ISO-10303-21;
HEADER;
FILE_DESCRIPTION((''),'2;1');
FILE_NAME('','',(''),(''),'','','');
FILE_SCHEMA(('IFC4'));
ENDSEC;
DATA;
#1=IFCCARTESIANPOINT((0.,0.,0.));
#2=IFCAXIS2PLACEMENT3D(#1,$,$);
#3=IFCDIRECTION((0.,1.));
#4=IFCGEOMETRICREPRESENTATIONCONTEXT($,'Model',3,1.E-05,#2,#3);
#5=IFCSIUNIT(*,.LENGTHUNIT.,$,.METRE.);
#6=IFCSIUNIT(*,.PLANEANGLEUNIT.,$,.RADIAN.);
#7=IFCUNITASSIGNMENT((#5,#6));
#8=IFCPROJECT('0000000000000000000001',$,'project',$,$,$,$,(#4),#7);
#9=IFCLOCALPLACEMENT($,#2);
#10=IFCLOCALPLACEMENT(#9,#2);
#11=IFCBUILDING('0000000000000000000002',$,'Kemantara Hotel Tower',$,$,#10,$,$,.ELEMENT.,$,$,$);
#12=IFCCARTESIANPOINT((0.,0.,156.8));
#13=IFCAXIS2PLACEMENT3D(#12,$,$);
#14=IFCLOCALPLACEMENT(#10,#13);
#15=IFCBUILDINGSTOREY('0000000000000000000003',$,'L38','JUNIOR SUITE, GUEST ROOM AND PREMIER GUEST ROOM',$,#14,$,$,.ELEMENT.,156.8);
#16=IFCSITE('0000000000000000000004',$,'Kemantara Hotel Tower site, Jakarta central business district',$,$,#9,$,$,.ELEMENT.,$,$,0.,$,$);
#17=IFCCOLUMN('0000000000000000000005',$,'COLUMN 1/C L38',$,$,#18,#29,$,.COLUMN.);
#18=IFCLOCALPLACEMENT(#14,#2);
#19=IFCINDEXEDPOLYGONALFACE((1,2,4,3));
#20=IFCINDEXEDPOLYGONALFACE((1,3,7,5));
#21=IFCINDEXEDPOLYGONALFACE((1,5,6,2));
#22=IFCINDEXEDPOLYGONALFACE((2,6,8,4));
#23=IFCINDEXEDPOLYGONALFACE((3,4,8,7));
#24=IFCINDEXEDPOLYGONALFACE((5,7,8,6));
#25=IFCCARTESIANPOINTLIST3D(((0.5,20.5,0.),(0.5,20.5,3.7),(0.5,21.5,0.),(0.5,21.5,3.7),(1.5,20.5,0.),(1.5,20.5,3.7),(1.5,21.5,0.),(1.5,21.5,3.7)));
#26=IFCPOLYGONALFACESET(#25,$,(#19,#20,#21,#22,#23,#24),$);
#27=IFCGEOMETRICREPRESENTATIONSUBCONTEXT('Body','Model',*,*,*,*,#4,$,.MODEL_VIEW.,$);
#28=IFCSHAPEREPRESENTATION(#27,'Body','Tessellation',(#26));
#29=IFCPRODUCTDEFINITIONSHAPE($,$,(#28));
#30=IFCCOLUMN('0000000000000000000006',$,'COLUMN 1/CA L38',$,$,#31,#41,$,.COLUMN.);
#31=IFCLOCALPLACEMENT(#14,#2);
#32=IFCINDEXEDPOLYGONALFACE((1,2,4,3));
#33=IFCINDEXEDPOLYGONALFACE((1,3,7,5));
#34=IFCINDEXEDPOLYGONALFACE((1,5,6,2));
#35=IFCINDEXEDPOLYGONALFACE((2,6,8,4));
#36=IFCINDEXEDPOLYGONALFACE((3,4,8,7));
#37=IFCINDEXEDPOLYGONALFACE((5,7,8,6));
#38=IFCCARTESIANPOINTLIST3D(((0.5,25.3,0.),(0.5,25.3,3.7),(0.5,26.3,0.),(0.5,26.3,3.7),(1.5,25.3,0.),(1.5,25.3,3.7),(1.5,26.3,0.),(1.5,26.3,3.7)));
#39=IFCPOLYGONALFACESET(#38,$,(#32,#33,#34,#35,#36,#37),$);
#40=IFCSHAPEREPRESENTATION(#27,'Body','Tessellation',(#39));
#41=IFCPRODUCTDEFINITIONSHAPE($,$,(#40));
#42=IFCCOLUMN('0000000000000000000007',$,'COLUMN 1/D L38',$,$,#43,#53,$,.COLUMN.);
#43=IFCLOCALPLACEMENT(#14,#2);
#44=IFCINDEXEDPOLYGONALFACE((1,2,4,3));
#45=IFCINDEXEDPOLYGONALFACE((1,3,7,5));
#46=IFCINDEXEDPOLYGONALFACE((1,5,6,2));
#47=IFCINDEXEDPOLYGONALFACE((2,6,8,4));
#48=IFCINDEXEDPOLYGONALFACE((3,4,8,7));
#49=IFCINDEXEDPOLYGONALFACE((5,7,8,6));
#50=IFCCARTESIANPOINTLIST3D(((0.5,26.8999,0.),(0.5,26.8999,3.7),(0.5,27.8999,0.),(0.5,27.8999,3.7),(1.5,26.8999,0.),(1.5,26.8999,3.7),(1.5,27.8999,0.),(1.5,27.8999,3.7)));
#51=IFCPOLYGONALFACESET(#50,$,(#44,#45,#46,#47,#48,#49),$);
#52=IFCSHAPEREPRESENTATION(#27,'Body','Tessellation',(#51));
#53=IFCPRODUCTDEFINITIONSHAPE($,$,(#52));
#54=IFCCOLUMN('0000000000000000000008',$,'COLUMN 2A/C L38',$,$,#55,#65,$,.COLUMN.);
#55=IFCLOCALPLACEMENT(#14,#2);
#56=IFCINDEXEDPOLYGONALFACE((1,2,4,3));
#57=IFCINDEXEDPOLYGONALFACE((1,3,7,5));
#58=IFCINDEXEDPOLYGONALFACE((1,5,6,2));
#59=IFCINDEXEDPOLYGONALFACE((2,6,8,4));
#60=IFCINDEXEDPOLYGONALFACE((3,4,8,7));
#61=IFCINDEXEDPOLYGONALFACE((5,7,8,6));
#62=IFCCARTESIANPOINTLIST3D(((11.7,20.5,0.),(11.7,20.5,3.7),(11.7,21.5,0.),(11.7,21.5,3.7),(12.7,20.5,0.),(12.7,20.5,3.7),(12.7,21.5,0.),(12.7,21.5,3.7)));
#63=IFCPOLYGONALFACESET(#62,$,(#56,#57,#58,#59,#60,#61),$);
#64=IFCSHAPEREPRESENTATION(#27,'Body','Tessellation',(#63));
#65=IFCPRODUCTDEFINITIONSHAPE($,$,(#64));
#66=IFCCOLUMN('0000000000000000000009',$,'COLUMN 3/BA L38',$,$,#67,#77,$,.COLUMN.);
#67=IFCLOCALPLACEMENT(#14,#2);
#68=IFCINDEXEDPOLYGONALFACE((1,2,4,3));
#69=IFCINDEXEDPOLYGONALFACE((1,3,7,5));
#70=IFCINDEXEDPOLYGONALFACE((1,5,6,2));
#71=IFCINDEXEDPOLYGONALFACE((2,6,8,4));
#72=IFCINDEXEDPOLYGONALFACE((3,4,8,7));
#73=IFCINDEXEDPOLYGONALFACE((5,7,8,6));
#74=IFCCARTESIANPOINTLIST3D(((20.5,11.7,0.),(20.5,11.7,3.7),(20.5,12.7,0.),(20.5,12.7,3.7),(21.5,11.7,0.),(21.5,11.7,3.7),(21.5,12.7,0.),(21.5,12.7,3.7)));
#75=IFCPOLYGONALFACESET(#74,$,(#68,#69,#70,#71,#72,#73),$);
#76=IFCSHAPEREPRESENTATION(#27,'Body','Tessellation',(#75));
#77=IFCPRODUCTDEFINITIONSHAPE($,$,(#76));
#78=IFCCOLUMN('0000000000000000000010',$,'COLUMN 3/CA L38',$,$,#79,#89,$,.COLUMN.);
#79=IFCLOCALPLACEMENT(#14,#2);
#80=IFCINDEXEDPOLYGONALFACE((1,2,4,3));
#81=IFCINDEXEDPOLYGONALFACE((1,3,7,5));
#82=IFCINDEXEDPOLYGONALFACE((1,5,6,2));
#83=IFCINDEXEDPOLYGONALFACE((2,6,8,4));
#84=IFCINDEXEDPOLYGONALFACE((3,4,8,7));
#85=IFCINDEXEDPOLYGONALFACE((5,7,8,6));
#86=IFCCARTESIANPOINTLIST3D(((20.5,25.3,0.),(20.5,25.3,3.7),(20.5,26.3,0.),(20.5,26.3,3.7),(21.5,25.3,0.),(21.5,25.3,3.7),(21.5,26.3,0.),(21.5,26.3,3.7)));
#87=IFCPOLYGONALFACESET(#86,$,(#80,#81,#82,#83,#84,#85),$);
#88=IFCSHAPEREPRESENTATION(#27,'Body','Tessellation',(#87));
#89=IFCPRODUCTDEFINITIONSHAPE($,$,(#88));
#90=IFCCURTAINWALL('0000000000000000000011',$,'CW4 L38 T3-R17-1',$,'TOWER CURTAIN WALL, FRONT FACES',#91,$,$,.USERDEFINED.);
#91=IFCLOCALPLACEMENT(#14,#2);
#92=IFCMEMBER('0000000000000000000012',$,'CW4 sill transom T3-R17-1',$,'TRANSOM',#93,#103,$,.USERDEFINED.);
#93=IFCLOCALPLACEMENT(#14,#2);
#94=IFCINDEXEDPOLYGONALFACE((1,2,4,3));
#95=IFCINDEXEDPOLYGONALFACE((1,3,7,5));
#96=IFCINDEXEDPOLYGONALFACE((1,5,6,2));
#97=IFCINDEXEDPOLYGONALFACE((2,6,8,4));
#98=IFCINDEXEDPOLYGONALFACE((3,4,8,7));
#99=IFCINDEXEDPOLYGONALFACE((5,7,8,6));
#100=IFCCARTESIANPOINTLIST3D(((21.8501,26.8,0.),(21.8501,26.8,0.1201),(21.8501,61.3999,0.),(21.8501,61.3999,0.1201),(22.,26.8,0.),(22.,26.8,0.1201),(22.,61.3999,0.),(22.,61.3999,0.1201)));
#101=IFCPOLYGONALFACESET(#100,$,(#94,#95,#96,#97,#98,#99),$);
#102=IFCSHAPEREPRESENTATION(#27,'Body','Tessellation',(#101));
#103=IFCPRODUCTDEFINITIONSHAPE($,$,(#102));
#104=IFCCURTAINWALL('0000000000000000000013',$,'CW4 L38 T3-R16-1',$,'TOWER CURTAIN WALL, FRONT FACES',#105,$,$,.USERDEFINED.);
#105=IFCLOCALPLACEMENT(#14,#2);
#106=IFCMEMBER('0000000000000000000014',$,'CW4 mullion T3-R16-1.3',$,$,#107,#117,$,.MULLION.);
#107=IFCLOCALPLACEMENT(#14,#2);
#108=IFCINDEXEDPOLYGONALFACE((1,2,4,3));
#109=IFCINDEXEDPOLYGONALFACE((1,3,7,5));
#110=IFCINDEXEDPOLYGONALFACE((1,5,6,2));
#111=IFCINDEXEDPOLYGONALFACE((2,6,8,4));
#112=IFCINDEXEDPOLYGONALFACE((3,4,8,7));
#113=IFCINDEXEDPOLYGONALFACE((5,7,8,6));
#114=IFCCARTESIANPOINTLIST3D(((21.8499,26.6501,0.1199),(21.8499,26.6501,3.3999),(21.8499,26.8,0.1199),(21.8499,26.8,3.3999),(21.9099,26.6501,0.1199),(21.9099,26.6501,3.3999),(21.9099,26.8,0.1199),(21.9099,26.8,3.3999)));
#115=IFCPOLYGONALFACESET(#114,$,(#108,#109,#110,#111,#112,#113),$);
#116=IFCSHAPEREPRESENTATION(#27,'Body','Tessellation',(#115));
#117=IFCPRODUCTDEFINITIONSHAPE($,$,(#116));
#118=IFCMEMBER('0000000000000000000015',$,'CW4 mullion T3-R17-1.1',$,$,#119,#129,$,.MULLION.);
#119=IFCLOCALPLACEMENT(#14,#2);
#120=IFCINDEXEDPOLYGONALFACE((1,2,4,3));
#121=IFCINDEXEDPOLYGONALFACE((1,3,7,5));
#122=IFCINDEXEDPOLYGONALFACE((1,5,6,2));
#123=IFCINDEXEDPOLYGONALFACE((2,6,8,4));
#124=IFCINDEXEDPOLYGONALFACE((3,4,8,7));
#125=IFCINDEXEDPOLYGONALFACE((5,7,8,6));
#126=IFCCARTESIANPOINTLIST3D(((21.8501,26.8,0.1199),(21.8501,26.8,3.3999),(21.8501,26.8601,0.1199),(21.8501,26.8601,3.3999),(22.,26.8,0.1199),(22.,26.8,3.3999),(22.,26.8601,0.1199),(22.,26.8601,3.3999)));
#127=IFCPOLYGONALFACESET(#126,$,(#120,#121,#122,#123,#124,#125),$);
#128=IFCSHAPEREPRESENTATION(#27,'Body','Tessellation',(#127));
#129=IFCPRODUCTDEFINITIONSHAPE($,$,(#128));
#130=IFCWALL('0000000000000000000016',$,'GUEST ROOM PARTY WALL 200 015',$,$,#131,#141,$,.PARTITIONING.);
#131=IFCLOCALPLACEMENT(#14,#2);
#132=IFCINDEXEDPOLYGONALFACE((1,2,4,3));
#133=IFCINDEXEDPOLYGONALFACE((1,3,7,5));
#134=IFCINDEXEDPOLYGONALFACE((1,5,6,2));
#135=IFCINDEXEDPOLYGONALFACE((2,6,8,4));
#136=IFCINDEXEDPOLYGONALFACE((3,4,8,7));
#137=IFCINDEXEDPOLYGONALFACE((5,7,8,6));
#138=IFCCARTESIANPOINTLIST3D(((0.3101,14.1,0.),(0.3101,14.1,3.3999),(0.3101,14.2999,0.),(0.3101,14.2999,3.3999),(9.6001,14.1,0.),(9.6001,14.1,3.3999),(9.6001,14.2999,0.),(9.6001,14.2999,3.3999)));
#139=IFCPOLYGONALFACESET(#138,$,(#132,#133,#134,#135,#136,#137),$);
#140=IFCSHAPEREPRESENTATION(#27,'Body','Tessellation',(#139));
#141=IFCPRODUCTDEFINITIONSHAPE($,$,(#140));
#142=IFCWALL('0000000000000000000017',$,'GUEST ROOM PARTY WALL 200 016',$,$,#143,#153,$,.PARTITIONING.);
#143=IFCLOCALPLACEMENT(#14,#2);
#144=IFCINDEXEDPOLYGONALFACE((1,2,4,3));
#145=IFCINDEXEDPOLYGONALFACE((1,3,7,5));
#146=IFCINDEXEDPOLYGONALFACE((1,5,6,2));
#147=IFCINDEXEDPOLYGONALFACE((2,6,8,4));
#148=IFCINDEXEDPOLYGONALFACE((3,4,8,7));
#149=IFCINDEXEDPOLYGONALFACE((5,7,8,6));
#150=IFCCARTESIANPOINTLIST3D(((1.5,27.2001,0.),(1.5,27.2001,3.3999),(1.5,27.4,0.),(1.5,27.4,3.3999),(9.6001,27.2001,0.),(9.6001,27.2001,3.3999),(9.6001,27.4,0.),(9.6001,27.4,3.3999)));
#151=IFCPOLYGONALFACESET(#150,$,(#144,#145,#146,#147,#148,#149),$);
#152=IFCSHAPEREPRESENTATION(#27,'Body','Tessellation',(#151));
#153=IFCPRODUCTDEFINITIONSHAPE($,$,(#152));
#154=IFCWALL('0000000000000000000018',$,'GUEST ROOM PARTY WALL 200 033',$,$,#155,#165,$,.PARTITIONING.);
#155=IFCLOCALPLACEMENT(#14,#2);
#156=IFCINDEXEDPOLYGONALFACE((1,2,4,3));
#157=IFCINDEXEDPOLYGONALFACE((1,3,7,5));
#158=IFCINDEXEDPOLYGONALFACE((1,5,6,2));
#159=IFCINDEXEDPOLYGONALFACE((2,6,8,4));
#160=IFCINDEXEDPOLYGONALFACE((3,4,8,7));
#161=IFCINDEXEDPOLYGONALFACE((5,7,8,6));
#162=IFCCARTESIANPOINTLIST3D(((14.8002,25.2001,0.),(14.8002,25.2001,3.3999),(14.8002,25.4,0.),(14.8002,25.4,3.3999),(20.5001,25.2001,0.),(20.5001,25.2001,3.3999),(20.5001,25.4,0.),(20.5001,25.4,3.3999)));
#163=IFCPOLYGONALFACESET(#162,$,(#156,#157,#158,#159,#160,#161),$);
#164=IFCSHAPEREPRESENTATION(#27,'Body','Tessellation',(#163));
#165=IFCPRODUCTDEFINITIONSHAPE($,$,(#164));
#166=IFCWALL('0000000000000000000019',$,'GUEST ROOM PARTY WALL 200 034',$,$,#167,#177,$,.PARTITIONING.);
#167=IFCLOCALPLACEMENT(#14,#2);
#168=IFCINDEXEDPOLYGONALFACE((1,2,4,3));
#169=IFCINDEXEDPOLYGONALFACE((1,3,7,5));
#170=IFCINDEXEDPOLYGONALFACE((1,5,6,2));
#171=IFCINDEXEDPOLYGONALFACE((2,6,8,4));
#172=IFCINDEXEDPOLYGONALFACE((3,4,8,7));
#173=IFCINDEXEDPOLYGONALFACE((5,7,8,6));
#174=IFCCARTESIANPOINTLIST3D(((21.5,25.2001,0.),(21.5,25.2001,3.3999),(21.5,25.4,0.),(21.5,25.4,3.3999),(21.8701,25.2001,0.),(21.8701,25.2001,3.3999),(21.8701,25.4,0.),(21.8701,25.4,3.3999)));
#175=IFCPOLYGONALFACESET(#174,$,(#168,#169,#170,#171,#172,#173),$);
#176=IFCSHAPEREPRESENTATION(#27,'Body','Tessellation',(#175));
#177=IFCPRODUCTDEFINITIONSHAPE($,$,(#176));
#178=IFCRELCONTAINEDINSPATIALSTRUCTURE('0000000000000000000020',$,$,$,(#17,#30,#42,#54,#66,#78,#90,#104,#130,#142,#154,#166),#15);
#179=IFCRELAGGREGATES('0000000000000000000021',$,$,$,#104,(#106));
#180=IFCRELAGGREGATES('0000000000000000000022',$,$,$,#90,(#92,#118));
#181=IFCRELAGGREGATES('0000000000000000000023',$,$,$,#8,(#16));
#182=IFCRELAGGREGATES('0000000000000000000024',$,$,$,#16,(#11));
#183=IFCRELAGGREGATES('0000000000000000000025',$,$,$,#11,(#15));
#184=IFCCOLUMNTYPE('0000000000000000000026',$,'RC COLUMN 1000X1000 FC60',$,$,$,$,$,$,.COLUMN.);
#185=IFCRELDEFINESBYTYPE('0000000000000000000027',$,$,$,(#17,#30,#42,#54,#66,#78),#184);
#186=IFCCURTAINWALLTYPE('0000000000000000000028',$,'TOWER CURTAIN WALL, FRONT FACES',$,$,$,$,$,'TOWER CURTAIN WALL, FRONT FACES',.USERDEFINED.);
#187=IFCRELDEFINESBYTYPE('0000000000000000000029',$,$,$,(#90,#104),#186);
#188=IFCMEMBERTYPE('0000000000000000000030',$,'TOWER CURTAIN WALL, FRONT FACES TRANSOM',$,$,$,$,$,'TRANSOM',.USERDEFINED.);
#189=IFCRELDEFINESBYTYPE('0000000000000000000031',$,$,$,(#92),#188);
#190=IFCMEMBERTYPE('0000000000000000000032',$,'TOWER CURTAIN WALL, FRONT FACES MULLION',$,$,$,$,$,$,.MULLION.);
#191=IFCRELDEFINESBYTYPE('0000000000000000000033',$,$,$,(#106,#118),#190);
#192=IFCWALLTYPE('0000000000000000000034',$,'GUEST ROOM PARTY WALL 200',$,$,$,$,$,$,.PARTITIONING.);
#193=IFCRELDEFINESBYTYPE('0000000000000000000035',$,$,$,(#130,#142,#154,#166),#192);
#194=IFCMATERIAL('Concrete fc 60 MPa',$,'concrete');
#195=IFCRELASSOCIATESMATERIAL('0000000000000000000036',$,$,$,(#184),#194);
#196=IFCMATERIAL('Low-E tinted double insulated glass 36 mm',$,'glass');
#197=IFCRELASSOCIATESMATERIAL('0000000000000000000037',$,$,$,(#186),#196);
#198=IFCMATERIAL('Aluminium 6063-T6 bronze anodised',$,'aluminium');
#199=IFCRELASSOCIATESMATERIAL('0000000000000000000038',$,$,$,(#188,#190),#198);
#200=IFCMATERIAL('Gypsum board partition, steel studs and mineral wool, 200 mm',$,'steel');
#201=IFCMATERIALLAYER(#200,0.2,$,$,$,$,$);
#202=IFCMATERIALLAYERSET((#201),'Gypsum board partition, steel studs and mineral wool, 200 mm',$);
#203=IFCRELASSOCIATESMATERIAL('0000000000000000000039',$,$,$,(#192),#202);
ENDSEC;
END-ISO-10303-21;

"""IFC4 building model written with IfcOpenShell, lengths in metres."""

from ifc_helpers import new_model, si_unit, direction, frame, frame_2d, origin, origin_2d, place, context, subcontext, project, spatial, rectangle, extrude, source, transform, mapped, material, layer, layer_set, material_profile, profile_set, type_object, element, aggregate, save


model = new_model("IFC4")

# Units and contexts
model_context = context("Model", 3, precision=1e-05, world=origin(), true_north=direction((0.0, 1.0)))
body_context = subcontext(model_context, "Body", "Model", "MODEL_VIEW")
ifc_project = project(units=[si_unit("LENGTHUNIT", "METRE"), si_unit("PLANEANGLEUNIT", "RADIAN")], contexts=[model_context])

# Site, building, storey
site_placement = place(None, origin())
site = spatial("IfcSite", under=ifc_project, at=site_placement, Name="Kemantara Hotel Tower site, Jakarta central business district", CompositionType="ELEMENT", RefElevation=0.0)
building_placement = place(site_placement, origin())
building = spatial("IfcBuilding", under=site, at=building_placement, Name="Kemantara Hotel Tower", CompositionType="ELEMENT")
storey_placement = place(building_placement, frame((0.0, 0.0, 156.8)))
storey = spatial("IfcBuildingStorey", under=building, at=storey_placement, Name="L38", Description="JUNIOR SUITE, GUEST ROOM AND PREMIER GUEST ROOM", CompositionType="ELEMENT", Elevation=156.8)

# Columns
ifc_material_1 = material(Name="Concrete fc 60 MPa", Category="concrete")
ifc_material_profile_1 = material_profile(ifc_material_1, rectangle(XDim=1.0, YDim=1.0, at=origin_2d()), Name="RC 1000X1000")
ifc_profile_set_1 = profile_set([ifc_material_profile_1], Name="Concrete fc 60 MPa")
column_type = type_object("IfcColumnType", Name="RC COLUMN 1000X1000 FC60", PredefinedType="COLUMN", material=ifc_profile_set_1)
for number, where, z_axis, x_axis, name in (
    (1, (1.0, 21.0, 0.0), (0.0, 0.0, 1.0), (1.0, 0.0, 0.0), "COLUMN 1/C L38"),
    (2, (1.0, 25.8, 0.0), (0.0, 0.0, 1.0), (1.0, 0.0, 0.0), "COLUMN 1/CA L38"),
    (3, (1.0, 27.3999, 0.0), (0.0, 0.0, 1.0), (1.0, 0.0, 0.0), "COLUMN 1/D L38"),
    (4, (12.2, 21.0, 0.0), (0.0, 0.0, 1.0), (1.0, 0.0, 0.0), "COLUMN 2A/C L38"),
    (5, (21.0, 12.2, 0.0), (0.0, 0.0, 1.0), (1.0, 0.0, 0.0), "COLUMN 3/BA L38"),
    (6, (21.0, 25.8, 0.0), (0.0, 0.0, 1.0), (1.0, 0.0, 0.0), "COLUMN 3/CA L38"),
):
    element("IfcColumn", number, at=place(storey_placement, frame(where, z_axis=z_axis, x_axis=x_axis)), inside=storey, type_object=column_type, Name=name, PredefinedType="COLUMN", context=body_context, shape_type="SweptSolid", body=[
        extrude(rectangle(XDim=1.0, YDim=1.0, at=origin_2d()), origin(), (0.0, 0.0, 1.0), 3.7),
    ])

# Curtain walls, members
ifc_material_2 = material(Name="Low-E tinted double insulated glass 36 mm", Category="glass")
curtain_wall_type = type_object("IfcCurtainWallType", Name="TOWER CURTAIN WALL, FRONT FACES", ElementType="TOWER CURTAIN WALL, FRONT FACES", PredefinedType="USERDEFINED", material=ifc_material_2)
curtain_wall_1_placement = place(storey_placement, origin())
curtain_wall_1 = element("IfcCurtainWall", 7, at=curtain_wall_1_placement, inside=storey, type_object=curtain_wall_type, Name="CW4 L38 T3-R17-1", ObjectType="TOWER CURTAIN WALL, FRONT FACES", PredefinedType="USERDEFINED")
ifc_material_3 = material(Name="Aluminium 6063-T6 bronze anodised", Category="aluminium")
ifc_material_profile_2 = material_profile(ifc_material_3, rectangle(XDim=0.1499, YDim=0.1201, at=origin_2d()), Name="TOWER CURTAIN WALL, FRONT FACES TRANSOM")
ifc_profile_set_2 = profile_set([ifc_material_profile_2], Name="Aluminium 6063-T6 bronze anodised")
member_type_1 = type_object("IfcMemberType", Name="TOWER CURTAIN WALL, FRONT FACES TRANSOM", ElementType="TRANSOM", PredefinedType="USERDEFINED", material=ifc_profile_set_2)
member_1_placement = place(storey_placement, frame((21.925, 26.8, 0.0601), z_axis=(0.0, 1.0, 0.0), x_axis=(-1.0, 0.0, 0.0)))
member_1 = element("IfcMember", 8, at=member_1_placement, type_object=member_type_1, Name="CW4 sill transom T3-R17-1", ObjectType="TRANSOM", PredefinedType="USERDEFINED", context=body_context, shape_type="SweptSolid", body=[
    extrude(rectangle(XDim=0.1499, YDim=0.1201, at=origin_2d()), origin(), (0.0, 0.0, 1.0), 34.5999),
])
curtain_wall_2_placement = place(storey_placement, origin())
curtain_wall_2 = element("IfcCurtainWall", 9, at=curtain_wall_2_placement, inside=storey, type_object=curtain_wall_type, Name="CW4 L38 T3-R16-1", ObjectType="TOWER CURTAIN WALL, FRONT FACES", PredefinedType="USERDEFINED")
ifc_material_profile_3 = material_profile(ifc_material_3, rectangle(XDim=0.1499, YDim=0.0601, at=origin_2d()), Name="TOWER CURTAIN WALL, FRONT FACES MULLION")
ifc_profile_set_3 = profile_set([ifc_material_profile_3], Name="Aluminium 6063-T6 bronze anodised")
member_type_2 = type_object("IfcMemberType", Name="TOWER CURTAIN WALL, FRONT FACES MULLION", PredefinedType="MULLION", material=ifc_profile_set_3)
shared_shape_1 = source(origin(), body_context, "Body", "SweptSolid", [
    extrude(rectangle(XDim=0.1499, YDim=0.0601, at=origin_2d()), origin(), (0.0, 0.0, 1.0), 3.28),
])
member_2_placement = place(storey_placement, frame((21.8799, 26.7251, 0.1199), z_axis=(0.0, 0.0, 1.0), x_axis=(0.0, -1.0, 0.0)))
member_2 = element("IfcMember", 10, at=member_2_placement, type_object=member_type_2, Name="CW4 mullion T3-R16-1.3", PredefinedType="MULLION", context=body_context, shape_type="MappedRepresentation", body=[
    mapped(shared_shape_1, transform((0.0, 0.0, 0.0))),
])
aggregate(curtain_wall_2, [member_2])

# Member
member_3_placement = place(storey_placement, frame((21.925, 26.8301, 0.1199), z_axis=(0.0, 0.0, 1.0), x_axis=(-1.0, 0.0, 0.0)))
member_3 = element("IfcMember", 11, at=member_3_placement, type_object=member_type_2, Name="CW4 mullion T3-R17-1.1", PredefinedType="MULLION", context=body_context, shape_type="MappedRepresentation", body=[
    mapped(shared_shape_1, transform((0.0, 0.0, 0.0))),
])
aggregate(curtain_wall_1, [member_1, member_3])

# Walls
ifc_material_4 = material(Name="Gypsum board partition, steel studs and mineral wool, 200 mm", Category="steel")
ifc_layer_1 = layer(ifc_material_4, 0.2)
ifc_layer_set_1 = layer_set([ifc_layer_1], Name="Gypsum board partition, steel studs and mineral wool, 200 mm")
wall_type_1 = type_object("IfcWallType", Name="GUEST ROOM PARTY WALL 200", PredefinedType="PARTITIONING", material=ifc_layer_set_1)
wall_1_placement = place(storey_placement, frame((0.3101, 14.2, 0.0), z_axis=(0.0, 0.0, 1.0), x_axis=(1.0, 0.0, 0.0)))
element("IfcWall", 12, at=wall_1_placement, inside=storey, type_object=wall_type_1, Name="GUEST ROOM PARTY WALL 200 015", PredefinedType="PARTITIONING", context=body_context, shape_type="SweptSolid", body=[
    extrude(rectangle(XDim=9.29, YDim=0.2, at=frame_2d((4.645, 0.0))), origin(), (0.0, 0.0, 1.0), 3.3999),
])
wall_2_placement = place(storey_placement, frame((1.5, 27.3, 0.0), z_axis=(0.0, 0.0, 1.0), x_axis=(1.0, 0.0, 0.0)))
element("IfcWall", 13, at=wall_2_placement, inside=storey, type_object=wall_type_1, Name="GUEST ROOM PARTY WALL 200 016", PredefinedType="PARTITIONING", context=body_context, shape_type="SweptSolid", body=[
    extrude(rectangle(XDim=8.1001, YDim=0.2, at=frame_2d((4.05, 0.0))), origin(), (0.0, 0.0, 1.0), 3.3999),
])
wall_3_placement = place(storey_placement, frame((14.8, 25.3, 0.0), z_axis=(0.0, 0.0, 1.0), x_axis=(1.0, 0.0, 0.0)))
element("IfcWall", 14, at=wall_3_placement, inside=storey, type_object=wall_type_1, Name="GUEST ROOM PARTY WALL 200 033", PredefinedType="PARTITIONING", context=body_context, shape_type="SweptSolid", body=[
    extrude(rectangle(XDim=5.7, YDim=0.2, at=frame_2d((2.8501, 0.0))), origin(), (0.0, 0.0, 1.0), 3.3999),
])
wall_4_placement = place(storey_placement, frame((21.5, 25.3, 0.0), z_axis=(0.0, 0.0, 1.0), x_axis=(1.0, 0.0, 0.0)))
element("IfcWall", 15, at=wall_4_placement, inside=storey, type_object=wall_type_1, Name="GUEST ROOM PARTY WALL 200 034", PredefinedType="PARTITIONING", context=body_context, shape_type="SweptSolid", body=[
    extrude(rectangle(XDim=0.3701, YDim=0.2, at=frame_2d((0.1851, 0.0))), origin(), (0.0, 0.0, 1.0), 3.3999),
])

save(model, "model.ifc")
